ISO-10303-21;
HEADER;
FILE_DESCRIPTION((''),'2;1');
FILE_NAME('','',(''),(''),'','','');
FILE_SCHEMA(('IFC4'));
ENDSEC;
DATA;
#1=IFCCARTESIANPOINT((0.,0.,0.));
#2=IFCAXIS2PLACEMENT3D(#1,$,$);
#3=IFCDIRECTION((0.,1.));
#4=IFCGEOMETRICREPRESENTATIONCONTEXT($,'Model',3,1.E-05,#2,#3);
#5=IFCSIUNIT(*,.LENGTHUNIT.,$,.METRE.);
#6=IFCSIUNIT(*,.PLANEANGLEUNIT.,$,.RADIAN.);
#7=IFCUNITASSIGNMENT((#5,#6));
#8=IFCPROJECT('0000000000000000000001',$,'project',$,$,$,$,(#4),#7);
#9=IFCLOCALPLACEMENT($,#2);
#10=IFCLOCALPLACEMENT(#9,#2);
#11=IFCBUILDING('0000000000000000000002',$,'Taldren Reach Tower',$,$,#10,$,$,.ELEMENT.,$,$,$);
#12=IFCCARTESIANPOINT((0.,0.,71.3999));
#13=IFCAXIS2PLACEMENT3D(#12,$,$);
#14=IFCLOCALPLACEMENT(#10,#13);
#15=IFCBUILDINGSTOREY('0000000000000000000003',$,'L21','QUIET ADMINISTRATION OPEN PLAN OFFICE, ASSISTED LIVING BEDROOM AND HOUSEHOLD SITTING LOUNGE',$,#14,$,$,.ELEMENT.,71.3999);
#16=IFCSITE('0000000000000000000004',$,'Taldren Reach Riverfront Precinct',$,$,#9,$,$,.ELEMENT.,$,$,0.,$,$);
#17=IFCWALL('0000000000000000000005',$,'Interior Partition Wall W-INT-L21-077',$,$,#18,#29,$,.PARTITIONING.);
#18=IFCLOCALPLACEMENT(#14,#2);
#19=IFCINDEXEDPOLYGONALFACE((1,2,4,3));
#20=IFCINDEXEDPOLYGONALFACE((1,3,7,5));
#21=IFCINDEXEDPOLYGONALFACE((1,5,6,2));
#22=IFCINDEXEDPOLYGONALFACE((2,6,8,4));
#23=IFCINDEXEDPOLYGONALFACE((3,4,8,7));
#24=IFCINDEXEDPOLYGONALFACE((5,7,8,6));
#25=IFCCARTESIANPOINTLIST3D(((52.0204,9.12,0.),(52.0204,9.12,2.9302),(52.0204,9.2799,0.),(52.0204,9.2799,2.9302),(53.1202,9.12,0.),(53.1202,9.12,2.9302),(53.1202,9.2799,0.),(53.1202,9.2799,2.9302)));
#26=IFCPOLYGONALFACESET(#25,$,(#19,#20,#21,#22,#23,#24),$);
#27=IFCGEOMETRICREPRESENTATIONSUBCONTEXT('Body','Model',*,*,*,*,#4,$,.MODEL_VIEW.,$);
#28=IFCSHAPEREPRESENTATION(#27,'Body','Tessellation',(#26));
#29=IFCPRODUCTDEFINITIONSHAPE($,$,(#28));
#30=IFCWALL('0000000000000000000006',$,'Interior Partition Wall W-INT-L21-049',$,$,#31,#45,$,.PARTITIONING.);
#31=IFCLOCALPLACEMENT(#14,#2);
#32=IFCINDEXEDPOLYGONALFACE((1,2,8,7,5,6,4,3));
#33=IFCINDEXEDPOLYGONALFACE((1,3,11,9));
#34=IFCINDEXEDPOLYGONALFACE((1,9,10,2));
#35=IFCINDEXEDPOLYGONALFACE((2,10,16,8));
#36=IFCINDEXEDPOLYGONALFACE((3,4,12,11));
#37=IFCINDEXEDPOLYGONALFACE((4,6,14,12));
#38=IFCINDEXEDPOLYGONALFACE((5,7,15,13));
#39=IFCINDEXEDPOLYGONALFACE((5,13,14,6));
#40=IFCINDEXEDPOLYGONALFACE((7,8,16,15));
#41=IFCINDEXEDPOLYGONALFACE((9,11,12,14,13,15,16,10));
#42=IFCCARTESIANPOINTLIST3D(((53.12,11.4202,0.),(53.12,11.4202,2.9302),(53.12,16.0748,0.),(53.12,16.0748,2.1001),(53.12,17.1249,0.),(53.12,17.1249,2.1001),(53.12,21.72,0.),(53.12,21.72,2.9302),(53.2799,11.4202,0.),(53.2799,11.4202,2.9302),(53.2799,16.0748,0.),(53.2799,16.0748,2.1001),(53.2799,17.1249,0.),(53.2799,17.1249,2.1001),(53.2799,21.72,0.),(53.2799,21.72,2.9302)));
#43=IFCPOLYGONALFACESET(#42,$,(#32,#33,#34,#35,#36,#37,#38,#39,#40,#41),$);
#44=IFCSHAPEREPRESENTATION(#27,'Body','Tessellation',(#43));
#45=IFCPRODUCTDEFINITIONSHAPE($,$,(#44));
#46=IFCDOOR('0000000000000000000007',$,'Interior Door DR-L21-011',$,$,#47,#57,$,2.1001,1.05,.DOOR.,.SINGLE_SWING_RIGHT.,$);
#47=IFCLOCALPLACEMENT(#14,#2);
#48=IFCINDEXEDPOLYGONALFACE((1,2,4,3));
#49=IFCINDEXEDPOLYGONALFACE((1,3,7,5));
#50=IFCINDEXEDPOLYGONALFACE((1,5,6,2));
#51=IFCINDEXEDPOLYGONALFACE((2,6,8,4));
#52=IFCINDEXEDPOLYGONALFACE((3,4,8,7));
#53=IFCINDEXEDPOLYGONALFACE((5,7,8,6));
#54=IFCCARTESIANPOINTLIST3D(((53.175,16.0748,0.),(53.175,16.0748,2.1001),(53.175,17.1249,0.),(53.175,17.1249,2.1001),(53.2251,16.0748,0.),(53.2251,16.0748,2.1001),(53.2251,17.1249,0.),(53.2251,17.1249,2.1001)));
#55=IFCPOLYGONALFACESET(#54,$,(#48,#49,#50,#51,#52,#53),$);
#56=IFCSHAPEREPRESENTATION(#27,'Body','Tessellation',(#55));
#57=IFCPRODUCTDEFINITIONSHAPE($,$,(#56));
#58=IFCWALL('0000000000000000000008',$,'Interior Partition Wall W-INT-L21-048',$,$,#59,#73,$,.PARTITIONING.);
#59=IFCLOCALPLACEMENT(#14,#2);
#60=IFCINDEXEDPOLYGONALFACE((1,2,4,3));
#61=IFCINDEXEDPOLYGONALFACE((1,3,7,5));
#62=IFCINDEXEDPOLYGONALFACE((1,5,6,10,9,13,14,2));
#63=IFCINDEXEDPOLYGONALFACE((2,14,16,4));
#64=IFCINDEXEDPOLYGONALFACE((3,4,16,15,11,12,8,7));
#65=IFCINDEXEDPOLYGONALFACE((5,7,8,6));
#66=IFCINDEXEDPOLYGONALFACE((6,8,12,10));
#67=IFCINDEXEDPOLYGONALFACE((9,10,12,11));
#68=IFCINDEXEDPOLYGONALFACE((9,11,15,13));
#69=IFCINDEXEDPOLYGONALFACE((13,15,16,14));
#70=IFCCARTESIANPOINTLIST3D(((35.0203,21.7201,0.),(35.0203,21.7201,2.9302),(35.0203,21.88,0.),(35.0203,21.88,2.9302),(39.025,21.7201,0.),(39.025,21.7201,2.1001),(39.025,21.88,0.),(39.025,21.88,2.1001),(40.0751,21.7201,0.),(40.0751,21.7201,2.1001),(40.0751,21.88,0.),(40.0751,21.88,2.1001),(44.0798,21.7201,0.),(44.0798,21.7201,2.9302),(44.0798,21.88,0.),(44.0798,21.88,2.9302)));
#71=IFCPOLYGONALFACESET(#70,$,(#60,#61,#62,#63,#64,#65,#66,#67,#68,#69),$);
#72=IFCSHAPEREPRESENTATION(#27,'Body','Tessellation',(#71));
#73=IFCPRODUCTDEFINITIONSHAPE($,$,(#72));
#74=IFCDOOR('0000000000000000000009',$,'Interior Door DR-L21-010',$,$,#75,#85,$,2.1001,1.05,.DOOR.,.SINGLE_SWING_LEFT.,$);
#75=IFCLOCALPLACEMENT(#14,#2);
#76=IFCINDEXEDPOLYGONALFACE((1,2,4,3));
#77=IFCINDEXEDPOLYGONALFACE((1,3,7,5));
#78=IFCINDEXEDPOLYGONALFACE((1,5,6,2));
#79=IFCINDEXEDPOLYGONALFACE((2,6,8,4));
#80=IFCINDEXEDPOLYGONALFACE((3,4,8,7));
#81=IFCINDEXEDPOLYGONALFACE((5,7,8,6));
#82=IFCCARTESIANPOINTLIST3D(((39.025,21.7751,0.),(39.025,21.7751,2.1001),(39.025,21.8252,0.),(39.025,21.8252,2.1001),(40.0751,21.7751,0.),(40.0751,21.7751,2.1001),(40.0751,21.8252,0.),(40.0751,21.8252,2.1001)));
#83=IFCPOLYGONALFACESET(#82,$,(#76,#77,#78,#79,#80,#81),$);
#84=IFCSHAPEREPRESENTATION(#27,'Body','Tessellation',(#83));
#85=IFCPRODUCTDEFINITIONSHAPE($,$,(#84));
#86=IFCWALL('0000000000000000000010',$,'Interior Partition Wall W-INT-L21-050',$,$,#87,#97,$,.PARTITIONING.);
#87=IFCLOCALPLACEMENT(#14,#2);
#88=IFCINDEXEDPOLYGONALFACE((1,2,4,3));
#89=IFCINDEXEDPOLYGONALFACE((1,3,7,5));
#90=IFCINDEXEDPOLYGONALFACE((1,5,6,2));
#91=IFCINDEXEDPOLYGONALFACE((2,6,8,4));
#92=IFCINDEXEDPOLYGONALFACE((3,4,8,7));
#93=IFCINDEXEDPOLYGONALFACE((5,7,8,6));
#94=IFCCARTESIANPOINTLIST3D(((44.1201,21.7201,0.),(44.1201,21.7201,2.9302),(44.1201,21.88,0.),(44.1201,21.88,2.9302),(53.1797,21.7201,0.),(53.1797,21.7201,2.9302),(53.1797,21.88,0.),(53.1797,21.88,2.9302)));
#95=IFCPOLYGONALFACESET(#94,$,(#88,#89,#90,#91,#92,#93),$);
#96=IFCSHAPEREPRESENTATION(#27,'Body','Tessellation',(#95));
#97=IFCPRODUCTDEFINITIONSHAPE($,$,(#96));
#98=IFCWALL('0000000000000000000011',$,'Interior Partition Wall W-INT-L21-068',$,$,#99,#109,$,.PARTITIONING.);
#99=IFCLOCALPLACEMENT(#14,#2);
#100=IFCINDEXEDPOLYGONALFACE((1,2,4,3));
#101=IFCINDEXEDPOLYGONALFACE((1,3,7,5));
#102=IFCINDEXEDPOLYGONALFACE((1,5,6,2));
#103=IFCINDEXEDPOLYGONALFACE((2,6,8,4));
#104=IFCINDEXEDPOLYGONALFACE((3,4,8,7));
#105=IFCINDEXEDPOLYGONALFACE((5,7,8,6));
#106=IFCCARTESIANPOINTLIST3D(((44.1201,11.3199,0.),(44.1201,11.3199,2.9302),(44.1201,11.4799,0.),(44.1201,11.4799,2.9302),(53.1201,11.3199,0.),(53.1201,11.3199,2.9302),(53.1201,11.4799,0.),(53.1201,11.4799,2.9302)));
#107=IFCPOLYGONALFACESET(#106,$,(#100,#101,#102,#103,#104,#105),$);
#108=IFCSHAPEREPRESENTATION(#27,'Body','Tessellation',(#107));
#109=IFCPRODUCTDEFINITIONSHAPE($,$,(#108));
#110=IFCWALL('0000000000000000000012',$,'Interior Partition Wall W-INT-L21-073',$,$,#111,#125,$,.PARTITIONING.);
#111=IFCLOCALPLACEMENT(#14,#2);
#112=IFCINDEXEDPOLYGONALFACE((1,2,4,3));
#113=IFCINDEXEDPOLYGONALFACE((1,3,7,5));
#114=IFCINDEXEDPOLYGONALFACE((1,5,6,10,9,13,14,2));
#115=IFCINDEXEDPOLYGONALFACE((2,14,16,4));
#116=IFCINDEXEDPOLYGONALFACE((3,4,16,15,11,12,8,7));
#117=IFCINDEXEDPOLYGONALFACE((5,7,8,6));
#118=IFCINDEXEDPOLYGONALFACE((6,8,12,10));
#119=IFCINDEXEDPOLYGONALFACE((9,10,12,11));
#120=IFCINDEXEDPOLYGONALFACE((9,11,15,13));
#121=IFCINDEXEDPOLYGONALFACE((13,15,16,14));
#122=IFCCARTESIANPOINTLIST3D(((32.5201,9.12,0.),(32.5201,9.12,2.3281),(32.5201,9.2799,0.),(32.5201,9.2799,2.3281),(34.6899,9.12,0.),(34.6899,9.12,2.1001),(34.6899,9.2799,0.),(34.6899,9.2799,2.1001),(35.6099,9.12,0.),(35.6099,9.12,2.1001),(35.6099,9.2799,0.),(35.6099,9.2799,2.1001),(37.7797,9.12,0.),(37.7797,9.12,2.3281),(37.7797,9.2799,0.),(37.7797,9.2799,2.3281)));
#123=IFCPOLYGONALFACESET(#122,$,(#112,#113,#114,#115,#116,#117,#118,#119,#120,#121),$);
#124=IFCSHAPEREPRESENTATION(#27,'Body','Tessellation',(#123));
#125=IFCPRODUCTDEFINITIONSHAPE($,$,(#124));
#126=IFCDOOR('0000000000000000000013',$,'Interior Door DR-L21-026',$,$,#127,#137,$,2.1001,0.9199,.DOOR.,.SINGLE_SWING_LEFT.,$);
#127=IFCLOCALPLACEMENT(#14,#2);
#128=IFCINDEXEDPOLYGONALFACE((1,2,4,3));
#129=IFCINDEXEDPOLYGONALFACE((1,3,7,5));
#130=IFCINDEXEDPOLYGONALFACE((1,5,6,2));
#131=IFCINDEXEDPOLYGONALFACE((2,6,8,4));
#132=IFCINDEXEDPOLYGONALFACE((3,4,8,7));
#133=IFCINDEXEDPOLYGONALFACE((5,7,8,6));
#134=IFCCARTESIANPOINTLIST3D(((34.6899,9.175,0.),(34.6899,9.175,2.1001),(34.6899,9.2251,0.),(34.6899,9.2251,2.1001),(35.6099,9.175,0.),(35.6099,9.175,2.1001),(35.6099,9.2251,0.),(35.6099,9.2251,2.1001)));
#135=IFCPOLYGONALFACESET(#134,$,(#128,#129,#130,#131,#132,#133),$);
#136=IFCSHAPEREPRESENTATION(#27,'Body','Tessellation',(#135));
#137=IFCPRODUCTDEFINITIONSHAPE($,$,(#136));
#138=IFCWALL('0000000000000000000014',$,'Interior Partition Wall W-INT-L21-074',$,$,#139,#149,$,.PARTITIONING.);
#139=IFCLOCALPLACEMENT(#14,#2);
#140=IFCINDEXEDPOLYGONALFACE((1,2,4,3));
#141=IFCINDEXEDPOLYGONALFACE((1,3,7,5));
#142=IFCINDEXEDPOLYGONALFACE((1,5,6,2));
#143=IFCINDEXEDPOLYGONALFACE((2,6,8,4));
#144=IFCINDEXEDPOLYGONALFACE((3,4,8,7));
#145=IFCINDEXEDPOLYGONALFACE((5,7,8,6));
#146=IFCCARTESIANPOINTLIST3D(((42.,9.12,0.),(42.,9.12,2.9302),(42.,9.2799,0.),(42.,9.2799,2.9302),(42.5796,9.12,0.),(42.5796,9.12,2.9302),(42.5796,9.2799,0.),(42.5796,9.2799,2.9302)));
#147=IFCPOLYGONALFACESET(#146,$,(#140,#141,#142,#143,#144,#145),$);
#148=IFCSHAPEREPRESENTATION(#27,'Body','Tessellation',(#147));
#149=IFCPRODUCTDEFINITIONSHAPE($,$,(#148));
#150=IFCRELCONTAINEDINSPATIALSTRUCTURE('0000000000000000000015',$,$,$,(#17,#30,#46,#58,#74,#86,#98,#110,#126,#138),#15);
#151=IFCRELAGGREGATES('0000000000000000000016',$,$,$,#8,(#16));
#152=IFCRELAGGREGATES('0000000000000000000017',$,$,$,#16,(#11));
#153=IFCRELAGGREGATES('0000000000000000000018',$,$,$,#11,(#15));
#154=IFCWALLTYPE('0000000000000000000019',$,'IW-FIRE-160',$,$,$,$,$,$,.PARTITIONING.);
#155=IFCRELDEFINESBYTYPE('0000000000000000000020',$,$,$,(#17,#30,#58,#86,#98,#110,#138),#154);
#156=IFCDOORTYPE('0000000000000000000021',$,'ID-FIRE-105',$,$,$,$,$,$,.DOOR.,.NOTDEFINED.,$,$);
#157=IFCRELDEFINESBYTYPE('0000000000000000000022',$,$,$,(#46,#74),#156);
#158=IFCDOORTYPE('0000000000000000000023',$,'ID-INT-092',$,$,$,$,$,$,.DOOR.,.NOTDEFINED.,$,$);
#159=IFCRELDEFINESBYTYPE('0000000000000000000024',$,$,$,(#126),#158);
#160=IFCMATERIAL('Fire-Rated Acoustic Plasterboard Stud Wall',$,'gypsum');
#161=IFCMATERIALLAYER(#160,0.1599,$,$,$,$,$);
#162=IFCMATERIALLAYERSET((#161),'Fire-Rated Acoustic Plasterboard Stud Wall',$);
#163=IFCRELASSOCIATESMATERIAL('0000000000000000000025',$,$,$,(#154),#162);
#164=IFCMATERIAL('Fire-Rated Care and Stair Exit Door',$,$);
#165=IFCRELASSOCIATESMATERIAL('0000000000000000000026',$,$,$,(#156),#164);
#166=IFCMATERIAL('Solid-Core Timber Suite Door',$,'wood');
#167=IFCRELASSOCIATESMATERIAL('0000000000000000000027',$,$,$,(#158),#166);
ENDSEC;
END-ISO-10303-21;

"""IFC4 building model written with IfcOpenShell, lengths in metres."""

from ifc_helpers import new_model, si_unit, direction, frame, frame_2d, origin, place, context, subcontext, project, spatial, rectangle, extrude, source, transform, mapped, material, layer, layer_set, type_object, element, fill, save


model = new_model("IFC4")

# Units and contexts
model_context = context("Model", 3, precision=1e-05, world=origin(), true_north=direction((0.0, 1.0)))
body_context = subcontext(model_context, "Body", "Model", "MODEL_VIEW")
ifc_project = project(units=[si_unit("LENGTHUNIT", "METRE"), si_unit("PLANEANGLEUNIT", "RADIAN")], contexts=[model_context])

# Site, building, storey
site_placement = place(None, origin())
site = spatial("IfcSite", under=ifc_project, at=site_placement, Name="Taldren Reach Riverfront Precinct", CompositionType="ELEMENT", RefElevation=0.0)
building_placement = place(site_placement, origin())
building = spatial("IfcBuilding", under=site, at=building_placement, Name="Taldren Reach Tower", CompositionType="ELEMENT")
storey_placement = place(building_placement, frame((0.0, 0.0, 71.3999)))
storey = spatial("IfcBuildingStorey", under=building, at=storey_placement, Name="L21", Description="QUIET ADMINISTRATION OPEN PLAN OFFICE, ASSISTED LIVING BEDROOM AND HOUSEHOLD SITTING LOUNGE", CompositionType="ELEMENT", Elevation=71.3999)

# Wall
ifc_material_1 = material(Name="Fire-Rated Acoustic Plasterboard Stud Wall", Category="gypsum")
ifc_layer_1 = layer(ifc_material_1, 0.1599)
ifc_layer_set_1 = layer_set([ifc_layer_1], Name="Fire-Rated Acoustic Plasterboard Stud Wall")
wall_type_1 = type_object("IfcWallType", Name="IW-FIRE-160", PredefinedType="PARTITIONING", material=ifc_layer_set_1)
shared_shape_1 = source(origin(), body_context, "Body", "SweptSolid", [
    extrude(rectangle(XDim=1.0999, YDim=0.1599, at=frame_2d((0.5498, 0.0))), origin(), (0.0, 0.0, 1.0), 2.9302),
])
wall_1_placement = place(storey_placement, frame((53.1201, 9.2, 0.0), z_axis=(0.0, 0.0, 1.0), x_axis=(-1.0, 0.0, 0.0)))
element("IfcWall", 1, at=wall_1_placement, inside=storey, type_object=wall_type_1, Name="Interior Partition Wall W-INT-L21-077", PredefinedType="PARTITIONING", context=body_context, shape_type="MappedRepresentation", body=[
    mapped(shared_shape_1, transform((0.0, 0.0, 0.0), scale=1.0)),
])

# Walls, openings, doors
shared_shape_2 = source(origin(), body_context, "Body", "SweptSolid", [
    extrude(rectangle(XDim=10.2998, YDim=0.1599, at=frame_2d((5.1499, 0.0))), origin(), (0.0, 0.0, 1.0), 2.9302),
])
wall_2_placement = place(storey_placement, frame((53.2, 11.4202, 0.0), z_axis=(0.0, 0.0, 1.0), x_axis=(0.0, 1.0, 0.0)))
wall_2 = element("IfcWall", 2, at=wall_2_placement, inside=storey, type_object=wall_type_1, Name="Interior Partition Wall W-INT-L21-049", PredefinedType="PARTITIONING", context=body_context, shape_type="MappedRepresentation", body=[
    mapped(shared_shape_2, transform((0.0, 0.0, 0.0), scale=1.0)),
])
shared_shape_3 = source(origin(), body_context, "Body", "SweptSolid", [
    extrude(rectangle(XDim=1.05, YDim=2.1001, at=frame_2d((0.5249, 1.05))), frame((0.0, 0.0898, 0.0), z_axis=(0.0, -1.0, 0.0), x_axis=(1.0, 0.0, 0.0)), (0.0, 0.0, 1.0), 0.1799),
])
opening_1_placement = place(wall_2_placement, frame((4.6548, 0.0, 0.0)))
opening_1 = element("IfcOpeningElement", 3, at=opening_1_placement, cuts=wall_2, PredefinedType="OPENING", context=body_context, shape_type="MappedRepresentation", body=[
    mapped(shared_shape_3, transform((0.0, 0.0, 0.0), scale=1.0)),
])
ifc_material_2 = material(Name="Fire-Rated Care and Stair Exit Door")
door_type_1 = type_object("IfcDoorType", Name="ID-FIRE-105", OperationType="NOTDEFINED", PredefinedType="DOOR", material=ifc_material_2)
shared_shape_4 = source(origin(), body_context, "Body", "SweptSolid", [
    extrude(rectangle(XDim=1.05, YDim=2.1001, at=frame_2d((0.5249, 1.05))), frame((0.0, 0.0249, 0.0), z_axis=(0.0, -1.0, 0.0), x_axis=(1.0, 0.0, 0.0)), (0.0, 0.0, 1.0), 0.05),
])
door_1_placement = place(opening_1_placement, origin())
door_1 = element("IfcDoor", 4, at=door_1_placement, inside=storey, type_object=door_type_1, Name="Interior Door DR-L21-011", OperationType="SINGLE_SWING_RIGHT", OverallHeight=2.1001, OverallWidth=1.05, PredefinedType="DOOR", context=body_context, shape_type="MappedRepresentation", body=[
    mapped(shared_shape_4, transform((0.0, 0.0, 0.0), scale=1.0)),
])
fill(opening_1, door_1)
shared_shape_5 = source(origin(), body_context, "Body", "SweptSolid", [
    extrude(rectangle(XDim=9.0596, YDim=0.1599, at=frame_2d((4.5298, 0.0))), origin(), (0.0, 0.0, 1.0), 2.9302),
])
wall_3_placement = place(storey_placement, frame((44.0798, 21.8, 0.0), z_axis=(0.0, 0.0, 1.0), x_axis=(-1.0, 0.0, 0.0)))
wall_3 = element("IfcWall", 5, at=wall_3_placement, inside=storey, type_object=wall_type_1, Name="Interior Partition Wall W-INT-L21-048", PredefinedType="PARTITIONING", context=body_context, shape_type="MappedRepresentation", body=[
    mapped(shared_shape_5, transform((0.0, 0.0, 0.0), scale=1.0)),
])
opening_2_placement = place(wall_3_placement, frame((4.0049, 0.0, 0.0)))
opening_2 = element("IfcOpeningElement", 6, at=opening_2_placement, cuts=wall_3, PredefinedType="OPENING", context=body_context, shape_type="MappedRepresentation", body=[
    mapped(shared_shape_3, transform((0.0, 0.0, 0.0), scale=1.0)),
])
door_2_placement = place(opening_2_placement, origin())
door_2 = element("IfcDoor", 7, at=door_2_placement, inside=storey, type_object=door_type_1, Name="Interior Door DR-L21-010", OperationType="SINGLE_SWING_LEFT", OverallHeight=2.1001, OverallWidth=1.05, PredefinedType="DOOR", context=body_context, shape_type="MappedRepresentation", body=[
    mapped(shared_shape_4, transform((0.0, 0.0, 0.0), scale=1.0)),
])
fill(opening_2, door_2)

# Walls
wall_4_placement = place(storey_placement, frame((53.1797, 21.8, 0.0), z_axis=(0.0, 0.0, 1.0), x_axis=(-1.0, 0.0, 0.0)))
element("IfcWall", 8, at=wall_4_placement, inside=storey, type_object=wall_type_1, Name="Interior Partition Wall W-INT-L21-050", PredefinedType="PARTITIONING", context=body_context, shape_type="MappedRepresentation", body=[
    mapped(shared_shape_5, transform((0.0, 0.0, 0.0), scale=1.0)),
])
shared_shape_6 = source(origin(), body_context, "Body", "SweptSolid", [
    extrude(rectangle(XDim=9.0, YDim=0.1599, at=frame_2d((4.5, 0.0))), origin(), (0.0, 0.0, 1.0), 2.9302),
])
wall_5_placement = place(storey_placement, frame((44.1201, 11.3999, 0.0), z_axis=(0.0, 0.0, 1.0), x_axis=(1.0, 0.0, 0.0)))
element("IfcWall", 9, at=wall_5_placement, inside=storey, type_object=wall_type_1, Name="Interior Partition Wall W-INT-L21-068", PredefinedType="PARTITIONING", context=body_context, shape_type="MappedRepresentation", body=[
    mapped(shared_shape_6, transform((0.0, 0.0, 0.0), scale=1.0)),
])

# Wall, opening, door
shared_shape_7 = source(origin(), body_context, "Body", "SweptSolid", [
    extrude(rectangle(XDim=5.2595, YDim=0.1599, at=frame_2d((2.6299, 0.0))), origin(), (0.0, 0.0, 1.0), 2.3281),
])
wall_6_placement = place(storey_placement, frame((37.7798, 9.2, 0.0), z_axis=(0.0, 0.0, 1.0), x_axis=(-1.0, 0.0, 0.0)))
wall_6 = element("IfcWall", 10, at=wall_6_placement, inside=storey, type_object=wall_type_1, Name="Interior Partition Wall W-INT-L21-073", PredefinedType="PARTITIONING", context=body_context, shape_type="MappedRepresentation", body=[
    mapped(shared_shape_7, transform((0.0, 0.0, 0.0), scale=1.0)),
])
shared_shape_8 = source(origin(), body_context, "Body", "SweptSolid", [
    extrude(rectangle(XDim=0.9199, YDim=2.1001, at=frame_2d((0.46, 1.05))), frame((0.0, 0.0898, 0.0), z_axis=(0.0, -1.0, 0.0), x_axis=(1.0, 0.0, 0.0)), (0.0, 0.0, 1.0), 0.1799),
])
opening_3_placement = place(wall_6_placement, frame((2.1699, 0.0, 0.0)))
opening_3 = element("IfcOpeningElement", 11, at=opening_3_placement, cuts=wall_6, PredefinedType="OPENING", context=body_context, shape_type="MappedRepresentation", body=[
    mapped(shared_shape_8, transform((0.0, 0.0, 0.0), scale=1.0)),
])
ifc_material_3 = material(Name="Solid-Core Timber Suite Door", Category="wood")
door_type_2 = type_object("IfcDoorType", Name="ID-INT-092", OperationType="NOTDEFINED", PredefinedType="DOOR", material=ifc_material_3)
shared_shape_9 = source(origin(), body_context, "Body", "SweptSolid", [
    extrude(rectangle(XDim=0.9199, YDim=2.1001, at=frame_2d((0.46, 1.05))), frame((0.0, 0.0249, 0.0), z_axis=(0.0, -1.0, 0.0), x_axis=(1.0, 0.0, 0.0)), (0.0, 0.0, 1.0), 0.05),
])
door_3_placement = place(opening_3_placement, origin())
door_3 = element("IfcDoor", 12, at=door_3_placement, inside=storey, type_object=door_type_2, Name="Interior Door DR-L21-026", OperationType="SINGLE_SWING_LEFT", OverallHeight=2.1001, OverallWidth=0.9199, PredefinedType="DOOR", context=body_context, shape_type="MappedRepresentation", body=[
    mapped(shared_shape_9, transform((0.0, 0.0, 0.0), scale=1.0)),
])
fill(opening_3, door_3)

# Wall
shared_shape_10 = source(origin(), body_context, "Body", "SweptSolid", [
    extrude(rectangle(XDim=0.5796, YDim=0.1599, at=frame_2d((0.2898, 0.0))), origin(), (0.0, 0.0, 1.0), 2.9302),
])
wall_7_placement = place(storey_placement, frame((42.5796, 9.2, 0.0), z_axis=(0.0, 0.0, 1.0), x_axis=(-1.0, 0.0, 0.0)))
element("IfcWall", 13, at=wall_7_placement, inside=storey, type_object=wall_type_1, Name="Interior Partition Wall W-INT-L21-074", PredefinedType="PARTITIONING", context=body_context, shape_type="MappedRepresentation", body=[
    mapped(shared_shape_10, transform((0.0, 0.0, 0.0), scale=1.0)),
])

save(model, "model.ifc")
